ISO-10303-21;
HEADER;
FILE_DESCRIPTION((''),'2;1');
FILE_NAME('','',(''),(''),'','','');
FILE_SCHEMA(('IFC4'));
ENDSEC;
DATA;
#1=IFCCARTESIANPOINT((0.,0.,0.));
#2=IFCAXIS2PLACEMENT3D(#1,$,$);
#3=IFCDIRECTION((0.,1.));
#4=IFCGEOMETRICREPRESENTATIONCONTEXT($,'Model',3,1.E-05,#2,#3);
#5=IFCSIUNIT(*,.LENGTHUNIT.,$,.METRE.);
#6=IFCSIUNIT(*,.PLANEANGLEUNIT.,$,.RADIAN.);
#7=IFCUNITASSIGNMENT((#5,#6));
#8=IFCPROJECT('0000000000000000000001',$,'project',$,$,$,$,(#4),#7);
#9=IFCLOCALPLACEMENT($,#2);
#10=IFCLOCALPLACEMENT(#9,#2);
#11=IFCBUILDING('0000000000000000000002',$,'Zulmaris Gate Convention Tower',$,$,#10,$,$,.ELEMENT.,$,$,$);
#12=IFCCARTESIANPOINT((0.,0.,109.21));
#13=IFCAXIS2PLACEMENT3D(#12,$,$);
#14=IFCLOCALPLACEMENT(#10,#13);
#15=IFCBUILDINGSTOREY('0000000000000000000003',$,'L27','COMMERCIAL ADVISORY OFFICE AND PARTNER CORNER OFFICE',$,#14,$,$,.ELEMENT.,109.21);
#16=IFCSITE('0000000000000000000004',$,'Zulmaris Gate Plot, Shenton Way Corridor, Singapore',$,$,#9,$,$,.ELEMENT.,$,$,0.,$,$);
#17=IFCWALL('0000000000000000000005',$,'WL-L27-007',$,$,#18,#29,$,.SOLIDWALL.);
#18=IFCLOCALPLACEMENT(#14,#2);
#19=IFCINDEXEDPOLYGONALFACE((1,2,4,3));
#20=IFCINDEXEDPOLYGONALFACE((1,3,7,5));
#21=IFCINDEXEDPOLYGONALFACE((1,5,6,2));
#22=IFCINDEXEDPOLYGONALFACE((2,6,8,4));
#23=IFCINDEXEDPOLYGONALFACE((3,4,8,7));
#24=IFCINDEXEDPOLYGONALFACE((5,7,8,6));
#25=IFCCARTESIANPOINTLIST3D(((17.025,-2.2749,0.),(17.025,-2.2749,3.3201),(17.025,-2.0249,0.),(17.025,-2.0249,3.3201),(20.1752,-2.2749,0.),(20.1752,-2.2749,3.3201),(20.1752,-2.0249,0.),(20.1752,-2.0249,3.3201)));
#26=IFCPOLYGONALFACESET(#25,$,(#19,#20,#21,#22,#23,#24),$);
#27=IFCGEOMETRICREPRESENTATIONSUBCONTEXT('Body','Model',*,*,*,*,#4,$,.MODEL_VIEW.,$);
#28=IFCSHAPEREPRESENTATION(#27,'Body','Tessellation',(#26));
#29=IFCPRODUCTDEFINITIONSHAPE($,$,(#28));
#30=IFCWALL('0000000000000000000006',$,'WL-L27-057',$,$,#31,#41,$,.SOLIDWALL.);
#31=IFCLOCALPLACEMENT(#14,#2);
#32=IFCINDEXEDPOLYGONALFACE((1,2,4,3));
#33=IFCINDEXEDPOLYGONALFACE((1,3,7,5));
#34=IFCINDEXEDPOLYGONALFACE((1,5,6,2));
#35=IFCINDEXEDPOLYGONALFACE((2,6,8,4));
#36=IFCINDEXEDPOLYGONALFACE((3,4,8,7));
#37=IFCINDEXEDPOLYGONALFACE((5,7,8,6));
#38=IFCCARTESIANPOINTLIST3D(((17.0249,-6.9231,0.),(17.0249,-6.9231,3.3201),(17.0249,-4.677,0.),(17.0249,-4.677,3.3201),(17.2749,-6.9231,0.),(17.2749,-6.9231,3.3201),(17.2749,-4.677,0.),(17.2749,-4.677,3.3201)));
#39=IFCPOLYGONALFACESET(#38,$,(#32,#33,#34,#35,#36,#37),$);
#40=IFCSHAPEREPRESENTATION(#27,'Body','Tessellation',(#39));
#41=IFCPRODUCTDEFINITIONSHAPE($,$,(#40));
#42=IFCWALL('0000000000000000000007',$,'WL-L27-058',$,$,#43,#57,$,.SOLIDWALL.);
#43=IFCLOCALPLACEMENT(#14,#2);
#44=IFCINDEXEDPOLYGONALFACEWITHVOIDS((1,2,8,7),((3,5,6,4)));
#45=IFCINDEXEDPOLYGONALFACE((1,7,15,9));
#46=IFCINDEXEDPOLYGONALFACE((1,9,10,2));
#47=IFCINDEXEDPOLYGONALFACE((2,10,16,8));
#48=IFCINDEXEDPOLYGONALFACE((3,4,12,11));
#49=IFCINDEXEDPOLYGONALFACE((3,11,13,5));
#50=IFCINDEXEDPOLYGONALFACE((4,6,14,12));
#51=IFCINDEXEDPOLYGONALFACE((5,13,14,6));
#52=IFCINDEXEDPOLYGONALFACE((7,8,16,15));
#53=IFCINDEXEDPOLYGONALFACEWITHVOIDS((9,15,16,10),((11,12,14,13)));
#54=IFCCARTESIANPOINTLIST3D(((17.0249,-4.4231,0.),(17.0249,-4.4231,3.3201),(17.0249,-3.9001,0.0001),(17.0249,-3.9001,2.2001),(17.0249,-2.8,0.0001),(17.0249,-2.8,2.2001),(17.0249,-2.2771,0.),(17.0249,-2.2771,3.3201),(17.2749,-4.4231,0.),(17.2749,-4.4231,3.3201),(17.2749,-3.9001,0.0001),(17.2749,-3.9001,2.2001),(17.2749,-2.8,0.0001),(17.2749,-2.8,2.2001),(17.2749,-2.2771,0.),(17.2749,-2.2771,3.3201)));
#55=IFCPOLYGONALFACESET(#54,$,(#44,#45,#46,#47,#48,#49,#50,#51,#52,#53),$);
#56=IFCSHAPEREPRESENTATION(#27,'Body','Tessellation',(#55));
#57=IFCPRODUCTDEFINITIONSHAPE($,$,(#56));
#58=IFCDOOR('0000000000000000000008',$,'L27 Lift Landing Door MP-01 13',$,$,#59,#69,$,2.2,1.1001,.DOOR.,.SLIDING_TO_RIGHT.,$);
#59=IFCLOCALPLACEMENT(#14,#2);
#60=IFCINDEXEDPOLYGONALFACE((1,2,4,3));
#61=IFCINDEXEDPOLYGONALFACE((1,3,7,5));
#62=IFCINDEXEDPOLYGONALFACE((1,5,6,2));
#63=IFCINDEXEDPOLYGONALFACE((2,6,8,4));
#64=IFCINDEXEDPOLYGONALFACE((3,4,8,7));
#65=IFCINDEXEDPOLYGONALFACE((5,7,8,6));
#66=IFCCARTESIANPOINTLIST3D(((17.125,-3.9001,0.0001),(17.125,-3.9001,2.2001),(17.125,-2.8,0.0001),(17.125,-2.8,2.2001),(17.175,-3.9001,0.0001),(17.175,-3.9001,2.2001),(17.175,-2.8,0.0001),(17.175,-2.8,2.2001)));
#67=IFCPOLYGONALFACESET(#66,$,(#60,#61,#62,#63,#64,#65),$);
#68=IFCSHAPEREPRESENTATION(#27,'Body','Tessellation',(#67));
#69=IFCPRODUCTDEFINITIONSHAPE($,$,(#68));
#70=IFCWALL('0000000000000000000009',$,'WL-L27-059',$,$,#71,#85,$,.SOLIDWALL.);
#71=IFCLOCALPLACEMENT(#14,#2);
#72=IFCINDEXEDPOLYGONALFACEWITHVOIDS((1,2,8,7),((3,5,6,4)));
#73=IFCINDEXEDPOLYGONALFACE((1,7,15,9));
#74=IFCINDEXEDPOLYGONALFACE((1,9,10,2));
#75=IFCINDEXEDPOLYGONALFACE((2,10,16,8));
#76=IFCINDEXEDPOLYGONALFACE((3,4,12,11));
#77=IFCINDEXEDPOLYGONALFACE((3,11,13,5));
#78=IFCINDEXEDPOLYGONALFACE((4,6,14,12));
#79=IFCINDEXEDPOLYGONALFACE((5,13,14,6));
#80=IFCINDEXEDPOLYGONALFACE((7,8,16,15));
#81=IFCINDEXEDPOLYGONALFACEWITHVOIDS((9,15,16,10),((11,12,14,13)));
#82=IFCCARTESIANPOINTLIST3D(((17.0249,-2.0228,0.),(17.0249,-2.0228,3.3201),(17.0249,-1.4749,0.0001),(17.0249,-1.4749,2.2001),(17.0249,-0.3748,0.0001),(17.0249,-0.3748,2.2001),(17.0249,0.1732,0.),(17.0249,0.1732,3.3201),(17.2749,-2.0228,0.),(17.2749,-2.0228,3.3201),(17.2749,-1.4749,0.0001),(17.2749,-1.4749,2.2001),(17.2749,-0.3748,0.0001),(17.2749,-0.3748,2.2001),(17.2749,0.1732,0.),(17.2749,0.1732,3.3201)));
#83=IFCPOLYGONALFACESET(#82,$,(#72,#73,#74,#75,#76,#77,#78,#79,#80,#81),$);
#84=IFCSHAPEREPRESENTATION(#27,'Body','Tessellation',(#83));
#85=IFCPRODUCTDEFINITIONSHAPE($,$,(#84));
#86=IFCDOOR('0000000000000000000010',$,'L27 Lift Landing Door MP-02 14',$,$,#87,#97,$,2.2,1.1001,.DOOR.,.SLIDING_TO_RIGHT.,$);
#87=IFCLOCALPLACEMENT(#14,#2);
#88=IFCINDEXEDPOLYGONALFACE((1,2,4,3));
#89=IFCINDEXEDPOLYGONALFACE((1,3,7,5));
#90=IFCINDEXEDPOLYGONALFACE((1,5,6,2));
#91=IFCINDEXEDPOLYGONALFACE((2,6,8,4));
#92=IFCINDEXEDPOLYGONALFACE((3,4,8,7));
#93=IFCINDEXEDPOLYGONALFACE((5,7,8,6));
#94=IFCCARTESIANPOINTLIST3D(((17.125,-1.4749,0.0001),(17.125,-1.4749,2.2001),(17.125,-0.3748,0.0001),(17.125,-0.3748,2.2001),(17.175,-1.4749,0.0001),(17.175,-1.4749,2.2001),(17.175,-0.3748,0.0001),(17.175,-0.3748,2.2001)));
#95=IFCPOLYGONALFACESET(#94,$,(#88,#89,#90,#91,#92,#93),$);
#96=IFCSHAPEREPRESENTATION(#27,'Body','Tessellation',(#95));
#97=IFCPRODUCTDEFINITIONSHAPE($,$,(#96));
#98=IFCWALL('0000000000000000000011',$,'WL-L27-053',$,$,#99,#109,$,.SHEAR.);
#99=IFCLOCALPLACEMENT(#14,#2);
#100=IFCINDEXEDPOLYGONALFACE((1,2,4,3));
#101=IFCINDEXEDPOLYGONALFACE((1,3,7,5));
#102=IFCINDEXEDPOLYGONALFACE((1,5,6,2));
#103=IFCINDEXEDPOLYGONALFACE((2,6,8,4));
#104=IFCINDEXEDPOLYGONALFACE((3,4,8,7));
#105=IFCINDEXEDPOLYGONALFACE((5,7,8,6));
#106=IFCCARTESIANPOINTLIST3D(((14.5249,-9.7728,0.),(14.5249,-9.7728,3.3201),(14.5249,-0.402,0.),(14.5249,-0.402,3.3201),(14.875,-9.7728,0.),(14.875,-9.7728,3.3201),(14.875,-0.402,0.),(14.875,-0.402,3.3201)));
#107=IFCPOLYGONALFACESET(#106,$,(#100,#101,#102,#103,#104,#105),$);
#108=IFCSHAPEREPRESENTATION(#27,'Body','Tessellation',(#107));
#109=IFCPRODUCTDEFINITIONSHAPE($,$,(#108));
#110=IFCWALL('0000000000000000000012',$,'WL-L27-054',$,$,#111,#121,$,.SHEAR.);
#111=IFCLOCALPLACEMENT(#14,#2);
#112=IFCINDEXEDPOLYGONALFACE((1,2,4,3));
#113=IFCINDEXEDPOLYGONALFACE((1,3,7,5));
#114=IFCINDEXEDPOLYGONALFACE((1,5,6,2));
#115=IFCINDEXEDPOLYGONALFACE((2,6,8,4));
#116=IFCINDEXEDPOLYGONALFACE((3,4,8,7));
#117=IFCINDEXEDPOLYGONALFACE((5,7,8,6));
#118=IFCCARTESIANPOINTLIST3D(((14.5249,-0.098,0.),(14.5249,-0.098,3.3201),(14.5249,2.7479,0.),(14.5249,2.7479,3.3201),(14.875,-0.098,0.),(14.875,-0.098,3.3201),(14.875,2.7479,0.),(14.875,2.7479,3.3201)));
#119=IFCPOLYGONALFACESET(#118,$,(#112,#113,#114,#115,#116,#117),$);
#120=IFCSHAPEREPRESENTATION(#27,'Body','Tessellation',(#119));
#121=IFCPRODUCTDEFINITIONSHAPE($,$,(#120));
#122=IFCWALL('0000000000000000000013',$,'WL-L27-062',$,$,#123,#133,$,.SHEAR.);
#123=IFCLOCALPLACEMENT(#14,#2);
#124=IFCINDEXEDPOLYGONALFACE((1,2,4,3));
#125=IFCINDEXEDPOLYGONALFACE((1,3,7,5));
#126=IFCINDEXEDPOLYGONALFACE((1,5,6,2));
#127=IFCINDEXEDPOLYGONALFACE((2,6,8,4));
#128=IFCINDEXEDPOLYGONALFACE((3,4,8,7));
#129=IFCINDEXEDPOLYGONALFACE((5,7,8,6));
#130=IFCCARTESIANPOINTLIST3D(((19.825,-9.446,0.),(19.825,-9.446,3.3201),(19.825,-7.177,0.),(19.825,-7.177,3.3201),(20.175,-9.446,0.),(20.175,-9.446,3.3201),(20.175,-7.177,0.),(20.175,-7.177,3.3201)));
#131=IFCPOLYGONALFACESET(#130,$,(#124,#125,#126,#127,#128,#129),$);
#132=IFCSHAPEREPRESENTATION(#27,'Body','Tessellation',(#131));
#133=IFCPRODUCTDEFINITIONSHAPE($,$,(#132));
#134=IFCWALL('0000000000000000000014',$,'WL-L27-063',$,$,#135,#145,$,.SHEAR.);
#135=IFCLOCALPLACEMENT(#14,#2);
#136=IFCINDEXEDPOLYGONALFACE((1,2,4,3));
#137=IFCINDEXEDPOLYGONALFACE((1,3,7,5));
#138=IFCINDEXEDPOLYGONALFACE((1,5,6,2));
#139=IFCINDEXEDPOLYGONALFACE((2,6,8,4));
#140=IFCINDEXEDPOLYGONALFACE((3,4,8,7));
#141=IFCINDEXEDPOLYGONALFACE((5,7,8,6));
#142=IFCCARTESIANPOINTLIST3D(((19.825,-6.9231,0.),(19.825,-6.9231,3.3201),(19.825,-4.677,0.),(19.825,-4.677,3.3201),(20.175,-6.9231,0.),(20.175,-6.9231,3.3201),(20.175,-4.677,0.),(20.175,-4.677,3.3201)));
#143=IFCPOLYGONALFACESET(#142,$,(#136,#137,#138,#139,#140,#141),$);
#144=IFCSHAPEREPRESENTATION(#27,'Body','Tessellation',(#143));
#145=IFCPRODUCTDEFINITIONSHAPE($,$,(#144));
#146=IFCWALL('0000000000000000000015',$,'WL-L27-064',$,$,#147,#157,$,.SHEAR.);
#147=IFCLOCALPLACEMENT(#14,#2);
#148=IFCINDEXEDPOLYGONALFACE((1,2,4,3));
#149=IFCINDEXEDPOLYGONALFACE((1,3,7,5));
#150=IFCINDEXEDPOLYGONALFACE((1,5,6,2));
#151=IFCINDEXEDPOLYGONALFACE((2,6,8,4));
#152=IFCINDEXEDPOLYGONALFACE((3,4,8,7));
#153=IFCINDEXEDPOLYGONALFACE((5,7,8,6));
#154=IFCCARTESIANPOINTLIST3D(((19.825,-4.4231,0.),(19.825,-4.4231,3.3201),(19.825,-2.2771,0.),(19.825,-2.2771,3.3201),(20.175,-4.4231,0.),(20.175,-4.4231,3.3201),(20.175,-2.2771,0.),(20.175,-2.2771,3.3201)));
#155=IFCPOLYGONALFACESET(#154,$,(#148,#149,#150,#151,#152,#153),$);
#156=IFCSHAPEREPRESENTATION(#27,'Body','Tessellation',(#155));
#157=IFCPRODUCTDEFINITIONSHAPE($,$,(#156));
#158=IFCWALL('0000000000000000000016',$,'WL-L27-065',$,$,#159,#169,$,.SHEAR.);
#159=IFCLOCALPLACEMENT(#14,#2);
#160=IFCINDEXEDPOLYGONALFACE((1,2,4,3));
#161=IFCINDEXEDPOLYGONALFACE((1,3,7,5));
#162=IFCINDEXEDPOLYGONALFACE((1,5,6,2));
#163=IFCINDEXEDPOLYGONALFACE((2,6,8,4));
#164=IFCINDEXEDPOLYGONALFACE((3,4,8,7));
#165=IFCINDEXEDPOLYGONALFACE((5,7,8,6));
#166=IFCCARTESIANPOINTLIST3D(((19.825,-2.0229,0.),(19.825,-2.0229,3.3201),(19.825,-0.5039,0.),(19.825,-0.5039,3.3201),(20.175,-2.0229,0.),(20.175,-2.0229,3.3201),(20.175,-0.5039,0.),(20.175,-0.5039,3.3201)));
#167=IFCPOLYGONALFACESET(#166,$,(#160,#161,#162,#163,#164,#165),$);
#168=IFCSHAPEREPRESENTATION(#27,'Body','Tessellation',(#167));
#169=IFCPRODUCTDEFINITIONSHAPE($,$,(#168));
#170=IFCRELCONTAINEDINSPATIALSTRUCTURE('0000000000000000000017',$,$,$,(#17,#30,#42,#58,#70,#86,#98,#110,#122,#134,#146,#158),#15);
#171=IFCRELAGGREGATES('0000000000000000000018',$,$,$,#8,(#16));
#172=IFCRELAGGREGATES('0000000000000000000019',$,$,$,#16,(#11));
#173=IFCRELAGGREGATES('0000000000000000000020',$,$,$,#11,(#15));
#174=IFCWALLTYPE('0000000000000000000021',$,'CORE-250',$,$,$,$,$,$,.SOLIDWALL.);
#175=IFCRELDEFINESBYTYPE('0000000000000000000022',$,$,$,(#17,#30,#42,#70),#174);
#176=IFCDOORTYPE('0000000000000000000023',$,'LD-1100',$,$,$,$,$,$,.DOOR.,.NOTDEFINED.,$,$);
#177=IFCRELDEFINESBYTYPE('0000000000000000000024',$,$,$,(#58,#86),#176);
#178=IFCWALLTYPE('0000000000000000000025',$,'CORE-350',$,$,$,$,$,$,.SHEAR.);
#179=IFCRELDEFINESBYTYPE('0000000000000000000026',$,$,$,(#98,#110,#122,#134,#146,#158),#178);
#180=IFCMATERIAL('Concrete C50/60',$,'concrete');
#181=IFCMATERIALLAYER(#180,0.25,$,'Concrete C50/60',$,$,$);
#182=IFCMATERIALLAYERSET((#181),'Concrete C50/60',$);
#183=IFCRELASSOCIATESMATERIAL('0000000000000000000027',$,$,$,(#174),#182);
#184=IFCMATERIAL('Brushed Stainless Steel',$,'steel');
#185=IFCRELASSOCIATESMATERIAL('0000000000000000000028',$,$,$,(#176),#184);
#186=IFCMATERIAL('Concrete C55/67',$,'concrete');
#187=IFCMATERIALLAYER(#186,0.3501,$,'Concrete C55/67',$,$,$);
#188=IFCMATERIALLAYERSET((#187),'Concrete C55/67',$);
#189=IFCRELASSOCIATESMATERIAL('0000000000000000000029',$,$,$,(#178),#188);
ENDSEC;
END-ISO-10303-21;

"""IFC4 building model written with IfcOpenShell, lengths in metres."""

from ifc_helpers import new_model, si_unit, direction, frame, frame_2d, origin, place, context, subcontext, project, spatial, rectangle, extrude, material, layer, layer_set, type_object, element, fill, save


model = new_model("IFC4")

# Units and contexts
model_context = context("Model", 3, precision=1e-05, world=origin(), true_north=direction((0.0, 1.0)))
body_context = subcontext(model_context, "Body", "Model", "MODEL_VIEW")
ifc_project = project(units=[si_unit("LENGTHUNIT", "METRE"), si_unit("PLANEANGLEUNIT", "RADIAN")], contexts=[model_context])

# Site, building, storey
site_placement = place(None, origin())
site = spatial("IfcSite", under=ifc_project, at=site_placement, Name="Zulmaris Gate Plot, Shenton Way Corridor, Singapore", CompositionType="ELEMENT", RefElevation=0.0)
building_placement = place(site_placement, origin())
building = spatial("IfcBuilding", under=site, at=building_placement, Name="Zulmaris Gate Convention Tower", CompositionType="ELEMENT")
storey_placement = place(building_placement, frame((0.0, 0.0, 109.21)))
storey = spatial("IfcBuildingStorey", under=building, at=storey_placement, Name="L27", Description="COMMERCIAL ADVISORY OFFICE AND PARTNER CORNER OFFICE", CompositionType="ELEMENT", Elevation=109.21)

# Walls
ifc_material_1 = material(Name="Concrete C50/60", Category="concrete")
ifc_layer_1 = layer(ifc_material_1, 0.25, Name="Concrete C50/60")
ifc_layer_set_1 = layer_set([ifc_layer_1], Name="Concrete C50/60")
wall_type_1 = type_object("IfcWallType", Name="CORE-250", PredefinedType="SOLIDWALL", material=ifc_layer_set_1)
for number, where, z_axis, x_axis, name in (
    (1, (17.0249, -2.1499, 0.0), (0.0, 0.0, 1.0), (1.0, 0.0, 0.0), "WL-L27-007"),
):
    element("IfcWall", number, at=place(storey_placement, frame(where, z_axis=z_axis, x_axis=x_axis)), inside=storey, type_object=wall_type_1, Name=name, PredefinedType="SOLIDWALL", context=body_context, shape_type="SweptSolid", body=[
        extrude(rectangle(XDim=3.1501, YDim=0.25, at=frame_2d((1.5752, 0.0))), origin(), (0.0, 0.0, 1.0), 3.3201),
    ])
wall_1_placement = place(storey_placement, frame((17.1499, -6.9231, 0.0), z_axis=(0.0, 0.0, 1.0), x_axis=(0.0, 1.0, 0.0)))
element("IfcWall", 2, at=wall_1_placement, inside=storey, type_object=wall_type_1, Name="WL-L27-057", PredefinedType="SOLIDWALL", context=body_context, shape_type="SweptSolid", body=[
    extrude(rectangle(XDim=2.2461, YDim=0.25, at=frame_2d((1.123, 0.0))), origin(), (0.0, 0.0, 1.0), 3.3201),
])

# Walls, openings, doors
wall_2_placement = place(storey_placement, frame((17.1499, -4.4231, 0.0), z_axis=(0.0, 0.0, 1.0), x_axis=(0.0, 1.0, 0.0)))
wall_2 = element("IfcWall", 3, at=wall_2_placement, inside=storey, type_object=wall_type_1, Name="WL-L27-058", PredefinedType="SOLIDWALL", context=body_context, shape_type="SweptSolid", body=[
    extrude(rectangle(XDim=2.146, YDim=0.25, at=frame_2d((1.073, 0.0))), origin(), (0.0, 0.0, 1.0), 3.3201),
])
opening_1_placement = place(wall_2_placement, frame((0.5229, 0.0, 0.0)))
opening_1 = element("IfcOpeningElement", 4, at=opening_1_placement, cuts=wall_2, PredefinedType="OPENING", context=body_context, shape_type="SweptSolid", body=[
    extrude(rectangle(XDim=1.1001, YDim=2.2, at=frame_2d((0.55, 1.1001))), frame((0.0, 0.135, 0.0), z_axis=(0.0, -1.0, 0.0), x_axis=(1.0, 0.0, 0.0)), (0.0, 0.0, 1.0), 0.27),
])
ifc_material_2 = material(Name="Brushed Stainless Steel", Category="steel")
door_type = type_object("IfcDoorType", Name="LD-1100", OperationType="NOTDEFINED", PredefinedType="DOOR", material=ifc_material_2)
door_1_placement = place(opening_1_placement, origin())
door_1 = element("IfcDoor", 5, at=door_1_placement, inside=storey, type_object=door_type, Name="L27 Lift Landing Door MP-01 13", OperationType="SLIDING_TO_RIGHT", OverallHeight=2.2, OverallWidth=1.1001, PredefinedType="DOOR", context=body_context, shape_type="SweptSolid", body=[
    extrude(rectangle(XDim=1.1001, YDim=2.2, at=frame_2d((0.55, 1.1001))), frame((0.0, 0.0249, 0.0), z_axis=(0.0, -1.0, 0.0), x_axis=(1.0, 0.0, 0.0)), (0.0, 0.0, 1.0), 0.05),
])
fill(opening_1, door_1)
wall_3_placement = place(storey_placement, frame((17.1499, -2.0229, 0.0), z_axis=(0.0, 0.0, 1.0), x_axis=(0.0, 1.0, 0.0)))
wall_3 = element("IfcWall", 6, at=wall_3_placement, inside=storey, type_object=wall_type_1, Name="WL-L27-059", PredefinedType="SOLIDWALL", context=body_context, shape_type="SweptSolid", body=[
    extrude(rectangle(XDim=2.196, YDim=0.25, at=frame_2d((1.0981, 0.0))), origin(), (0.0, 0.0, 1.0), 3.3201),
])
opening_2_placement = place(wall_3_placement, frame((0.5481, 0.0, 0.0)))
opening_2 = element("IfcOpeningElement", 7, at=opening_2_placement, cuts=wall_3, PredefinedType="OPENING", context=body_context, shape_type="SweptSolid", body=[
    extrude(rectangle(XDim=1.1001, YDim=2.2, at=frame_2d((0.55, 1.1001))), frame((0.0, 0.135, 0.0), z_axis=(0.0, -1.0, 0.0), x_axis=(1.0, 0.0, 0.0)), (0.0, 0.0, 1.0), 0.27),
])
door_2_placement = place(opening_2_placement, origin())
door_2 = element("IfcDoor", 8, at=door_2_placement, inside=storey, type_object=door_type, Name="L27 Lift Landing Door MP-02 14", OperationType="SLIDING_TO_RIGHT", OverallHeight=2.2, OverallWidth=1.1001, PredefinedType="DOOR", context=body_context, shape_type="SweptSolid", body=[
    extrude(rectangle(XDim=1.1001, YDim=2.2, at=frame_2d((0.55, 1.1001))), frame((0.0, 0.0249, 0.0), z_axis=(0.0, -1.0, 0.0), x_axis=(1.0, 0.0, 0.0)), (0.0, 0.0, 1.0), 0.05),
])
fill(opening_2, door_2)

# Walls
ifc_material_3 = material(Name="Concrete C55/67", Category="concrete")
ifc_layer_2 = layer(ifc_material_3, 0.3501, Name="Concrete C55/67")
ifc_layer_set_2 = layer_set([ifc_layer_2], Name="Concrete C55/67")
wall_type_2 = type_object("IfcWallType", Name="CORE-350", PredefinedType="SHEAR", material=ifc_layer_set_2)
wall_4_placement = place(storey_placement, frame((14.7, -9.7729, 0.0), z_axis=(0.0, 0.0, 1.0), x_axis=(0.0, 1.0, 0.0)))
element("IfcWall", 9, at=wall_4_placement, inside=storey, type_object=wall_type_2, Name="WL-L27-053", PredefinedType="SHEAR", context=body_context, shape_type="SweptSolid", body=[
    extrude(rectangle(XDim=9.3708, YDim=0.3501, at=frame_2d((4.6855, 0.0))), origin(), (0.0, 0.0, 1.0), 3.3201),
])
wall_5_placement = place(storey_placement, frame((14.7, -0.0979, 0.0), z_axis=(0.0, 0.0, 1.0), x_axis=(0.0, 1.0, 0.0)))
element("IfcWall", 10, at=wall_5_placement, inside=storey, type_object=wall_type_2, Name="WL-L27-054", PredefinedType="SHEAR", context=body_context, shape_type="SweptSolid", body=[
    extrude(rectangle(XDim=2.8459, YDim=0.3501, at=frame_2d((1.4229, 0.0))), origin(), (0.0, 0.0, 1.0), 3.3201),
])
wall_6_placement = place(storey_placement, frame((20.0, -9.446, 0.0), z_axis=(0.0, 0.0, 1.0), x_axis=(0.0, 1.0, 0.0)))
element("IfcWall", 11, at=wall_6_placement, inside=storey, type_object=wall_type_2, Name="WL-L27-062", PredefinedType="SHEAR", context=body_context, shape_type="SweptSolid", body=[
    extrude(rectangle(XDim=2.269, YDim=0.3501, at=frame_2d((1.1345, 0.0))), origin(), (0.0, 0.0, 1.0), 3.3201),
])
wall_7_placement = place(storey_placement, frame((20.0, -6.9231, 0.0), z_axis=(0.0, 0.0, 1.0), x_axis=(0.0, 1.0, 0.0)))
element("IfcWall", 12, at=wall_7_placement, inside=storey, type_object=wall_type_2, Name="WL-L27-063", PredefinedType="SHEAR", context=body_context, shape_type="SweptSolid", body=[
    extrude(rectangle(XDim=2.2461, YDim=0.3501, at=frame_2d((1.123, 0.0))), origin(), (0.0, 0.0, 1.0), 3.3201),
])
wall_8_placement = place(storey_placement, frame((20.0, -4.4231, 0.0), z_axis=(0.0, 0.0, 1.0), x_axis=(0.0, 1.0, 0.0)))
element("IfcWall", 13, at=wall_8_placement, inside=storey, type_object=wall_type_2, Name="WL-L27-064", PredefinedType="SHEAR", context=body_context, shape_type="SweptSolid", body=[
    extrude(rectangle(XDim=2.146, YDim=0.3501, at=frame_2d((1.073, 0.0))), origin(), (0.0, 0.0, 1.0), 3.3201),
])
wall_9_placement = place(storey_placement, frame((20.0, -2.0229, 0.0), z_axis=(0.0, 0.0, 1.0), x_axis=(0.0, 1.0, 0.0)))
element("IfcWall", 14, at=wall_9_placement, inside=storey, type_object=wall_type_2, Name="WL-L27-065", PredefinedType="SHEAR", context=body_context, shape_type="SweptSolid", body=[
    extrude(rectangle(XDim=1.519, YDim=0.3501, at=frame_2d((0.7595, 0.0))), origin(), (0.0, 0.0, 1.0), 3.3201),
])

save(model, "model.ifc")
